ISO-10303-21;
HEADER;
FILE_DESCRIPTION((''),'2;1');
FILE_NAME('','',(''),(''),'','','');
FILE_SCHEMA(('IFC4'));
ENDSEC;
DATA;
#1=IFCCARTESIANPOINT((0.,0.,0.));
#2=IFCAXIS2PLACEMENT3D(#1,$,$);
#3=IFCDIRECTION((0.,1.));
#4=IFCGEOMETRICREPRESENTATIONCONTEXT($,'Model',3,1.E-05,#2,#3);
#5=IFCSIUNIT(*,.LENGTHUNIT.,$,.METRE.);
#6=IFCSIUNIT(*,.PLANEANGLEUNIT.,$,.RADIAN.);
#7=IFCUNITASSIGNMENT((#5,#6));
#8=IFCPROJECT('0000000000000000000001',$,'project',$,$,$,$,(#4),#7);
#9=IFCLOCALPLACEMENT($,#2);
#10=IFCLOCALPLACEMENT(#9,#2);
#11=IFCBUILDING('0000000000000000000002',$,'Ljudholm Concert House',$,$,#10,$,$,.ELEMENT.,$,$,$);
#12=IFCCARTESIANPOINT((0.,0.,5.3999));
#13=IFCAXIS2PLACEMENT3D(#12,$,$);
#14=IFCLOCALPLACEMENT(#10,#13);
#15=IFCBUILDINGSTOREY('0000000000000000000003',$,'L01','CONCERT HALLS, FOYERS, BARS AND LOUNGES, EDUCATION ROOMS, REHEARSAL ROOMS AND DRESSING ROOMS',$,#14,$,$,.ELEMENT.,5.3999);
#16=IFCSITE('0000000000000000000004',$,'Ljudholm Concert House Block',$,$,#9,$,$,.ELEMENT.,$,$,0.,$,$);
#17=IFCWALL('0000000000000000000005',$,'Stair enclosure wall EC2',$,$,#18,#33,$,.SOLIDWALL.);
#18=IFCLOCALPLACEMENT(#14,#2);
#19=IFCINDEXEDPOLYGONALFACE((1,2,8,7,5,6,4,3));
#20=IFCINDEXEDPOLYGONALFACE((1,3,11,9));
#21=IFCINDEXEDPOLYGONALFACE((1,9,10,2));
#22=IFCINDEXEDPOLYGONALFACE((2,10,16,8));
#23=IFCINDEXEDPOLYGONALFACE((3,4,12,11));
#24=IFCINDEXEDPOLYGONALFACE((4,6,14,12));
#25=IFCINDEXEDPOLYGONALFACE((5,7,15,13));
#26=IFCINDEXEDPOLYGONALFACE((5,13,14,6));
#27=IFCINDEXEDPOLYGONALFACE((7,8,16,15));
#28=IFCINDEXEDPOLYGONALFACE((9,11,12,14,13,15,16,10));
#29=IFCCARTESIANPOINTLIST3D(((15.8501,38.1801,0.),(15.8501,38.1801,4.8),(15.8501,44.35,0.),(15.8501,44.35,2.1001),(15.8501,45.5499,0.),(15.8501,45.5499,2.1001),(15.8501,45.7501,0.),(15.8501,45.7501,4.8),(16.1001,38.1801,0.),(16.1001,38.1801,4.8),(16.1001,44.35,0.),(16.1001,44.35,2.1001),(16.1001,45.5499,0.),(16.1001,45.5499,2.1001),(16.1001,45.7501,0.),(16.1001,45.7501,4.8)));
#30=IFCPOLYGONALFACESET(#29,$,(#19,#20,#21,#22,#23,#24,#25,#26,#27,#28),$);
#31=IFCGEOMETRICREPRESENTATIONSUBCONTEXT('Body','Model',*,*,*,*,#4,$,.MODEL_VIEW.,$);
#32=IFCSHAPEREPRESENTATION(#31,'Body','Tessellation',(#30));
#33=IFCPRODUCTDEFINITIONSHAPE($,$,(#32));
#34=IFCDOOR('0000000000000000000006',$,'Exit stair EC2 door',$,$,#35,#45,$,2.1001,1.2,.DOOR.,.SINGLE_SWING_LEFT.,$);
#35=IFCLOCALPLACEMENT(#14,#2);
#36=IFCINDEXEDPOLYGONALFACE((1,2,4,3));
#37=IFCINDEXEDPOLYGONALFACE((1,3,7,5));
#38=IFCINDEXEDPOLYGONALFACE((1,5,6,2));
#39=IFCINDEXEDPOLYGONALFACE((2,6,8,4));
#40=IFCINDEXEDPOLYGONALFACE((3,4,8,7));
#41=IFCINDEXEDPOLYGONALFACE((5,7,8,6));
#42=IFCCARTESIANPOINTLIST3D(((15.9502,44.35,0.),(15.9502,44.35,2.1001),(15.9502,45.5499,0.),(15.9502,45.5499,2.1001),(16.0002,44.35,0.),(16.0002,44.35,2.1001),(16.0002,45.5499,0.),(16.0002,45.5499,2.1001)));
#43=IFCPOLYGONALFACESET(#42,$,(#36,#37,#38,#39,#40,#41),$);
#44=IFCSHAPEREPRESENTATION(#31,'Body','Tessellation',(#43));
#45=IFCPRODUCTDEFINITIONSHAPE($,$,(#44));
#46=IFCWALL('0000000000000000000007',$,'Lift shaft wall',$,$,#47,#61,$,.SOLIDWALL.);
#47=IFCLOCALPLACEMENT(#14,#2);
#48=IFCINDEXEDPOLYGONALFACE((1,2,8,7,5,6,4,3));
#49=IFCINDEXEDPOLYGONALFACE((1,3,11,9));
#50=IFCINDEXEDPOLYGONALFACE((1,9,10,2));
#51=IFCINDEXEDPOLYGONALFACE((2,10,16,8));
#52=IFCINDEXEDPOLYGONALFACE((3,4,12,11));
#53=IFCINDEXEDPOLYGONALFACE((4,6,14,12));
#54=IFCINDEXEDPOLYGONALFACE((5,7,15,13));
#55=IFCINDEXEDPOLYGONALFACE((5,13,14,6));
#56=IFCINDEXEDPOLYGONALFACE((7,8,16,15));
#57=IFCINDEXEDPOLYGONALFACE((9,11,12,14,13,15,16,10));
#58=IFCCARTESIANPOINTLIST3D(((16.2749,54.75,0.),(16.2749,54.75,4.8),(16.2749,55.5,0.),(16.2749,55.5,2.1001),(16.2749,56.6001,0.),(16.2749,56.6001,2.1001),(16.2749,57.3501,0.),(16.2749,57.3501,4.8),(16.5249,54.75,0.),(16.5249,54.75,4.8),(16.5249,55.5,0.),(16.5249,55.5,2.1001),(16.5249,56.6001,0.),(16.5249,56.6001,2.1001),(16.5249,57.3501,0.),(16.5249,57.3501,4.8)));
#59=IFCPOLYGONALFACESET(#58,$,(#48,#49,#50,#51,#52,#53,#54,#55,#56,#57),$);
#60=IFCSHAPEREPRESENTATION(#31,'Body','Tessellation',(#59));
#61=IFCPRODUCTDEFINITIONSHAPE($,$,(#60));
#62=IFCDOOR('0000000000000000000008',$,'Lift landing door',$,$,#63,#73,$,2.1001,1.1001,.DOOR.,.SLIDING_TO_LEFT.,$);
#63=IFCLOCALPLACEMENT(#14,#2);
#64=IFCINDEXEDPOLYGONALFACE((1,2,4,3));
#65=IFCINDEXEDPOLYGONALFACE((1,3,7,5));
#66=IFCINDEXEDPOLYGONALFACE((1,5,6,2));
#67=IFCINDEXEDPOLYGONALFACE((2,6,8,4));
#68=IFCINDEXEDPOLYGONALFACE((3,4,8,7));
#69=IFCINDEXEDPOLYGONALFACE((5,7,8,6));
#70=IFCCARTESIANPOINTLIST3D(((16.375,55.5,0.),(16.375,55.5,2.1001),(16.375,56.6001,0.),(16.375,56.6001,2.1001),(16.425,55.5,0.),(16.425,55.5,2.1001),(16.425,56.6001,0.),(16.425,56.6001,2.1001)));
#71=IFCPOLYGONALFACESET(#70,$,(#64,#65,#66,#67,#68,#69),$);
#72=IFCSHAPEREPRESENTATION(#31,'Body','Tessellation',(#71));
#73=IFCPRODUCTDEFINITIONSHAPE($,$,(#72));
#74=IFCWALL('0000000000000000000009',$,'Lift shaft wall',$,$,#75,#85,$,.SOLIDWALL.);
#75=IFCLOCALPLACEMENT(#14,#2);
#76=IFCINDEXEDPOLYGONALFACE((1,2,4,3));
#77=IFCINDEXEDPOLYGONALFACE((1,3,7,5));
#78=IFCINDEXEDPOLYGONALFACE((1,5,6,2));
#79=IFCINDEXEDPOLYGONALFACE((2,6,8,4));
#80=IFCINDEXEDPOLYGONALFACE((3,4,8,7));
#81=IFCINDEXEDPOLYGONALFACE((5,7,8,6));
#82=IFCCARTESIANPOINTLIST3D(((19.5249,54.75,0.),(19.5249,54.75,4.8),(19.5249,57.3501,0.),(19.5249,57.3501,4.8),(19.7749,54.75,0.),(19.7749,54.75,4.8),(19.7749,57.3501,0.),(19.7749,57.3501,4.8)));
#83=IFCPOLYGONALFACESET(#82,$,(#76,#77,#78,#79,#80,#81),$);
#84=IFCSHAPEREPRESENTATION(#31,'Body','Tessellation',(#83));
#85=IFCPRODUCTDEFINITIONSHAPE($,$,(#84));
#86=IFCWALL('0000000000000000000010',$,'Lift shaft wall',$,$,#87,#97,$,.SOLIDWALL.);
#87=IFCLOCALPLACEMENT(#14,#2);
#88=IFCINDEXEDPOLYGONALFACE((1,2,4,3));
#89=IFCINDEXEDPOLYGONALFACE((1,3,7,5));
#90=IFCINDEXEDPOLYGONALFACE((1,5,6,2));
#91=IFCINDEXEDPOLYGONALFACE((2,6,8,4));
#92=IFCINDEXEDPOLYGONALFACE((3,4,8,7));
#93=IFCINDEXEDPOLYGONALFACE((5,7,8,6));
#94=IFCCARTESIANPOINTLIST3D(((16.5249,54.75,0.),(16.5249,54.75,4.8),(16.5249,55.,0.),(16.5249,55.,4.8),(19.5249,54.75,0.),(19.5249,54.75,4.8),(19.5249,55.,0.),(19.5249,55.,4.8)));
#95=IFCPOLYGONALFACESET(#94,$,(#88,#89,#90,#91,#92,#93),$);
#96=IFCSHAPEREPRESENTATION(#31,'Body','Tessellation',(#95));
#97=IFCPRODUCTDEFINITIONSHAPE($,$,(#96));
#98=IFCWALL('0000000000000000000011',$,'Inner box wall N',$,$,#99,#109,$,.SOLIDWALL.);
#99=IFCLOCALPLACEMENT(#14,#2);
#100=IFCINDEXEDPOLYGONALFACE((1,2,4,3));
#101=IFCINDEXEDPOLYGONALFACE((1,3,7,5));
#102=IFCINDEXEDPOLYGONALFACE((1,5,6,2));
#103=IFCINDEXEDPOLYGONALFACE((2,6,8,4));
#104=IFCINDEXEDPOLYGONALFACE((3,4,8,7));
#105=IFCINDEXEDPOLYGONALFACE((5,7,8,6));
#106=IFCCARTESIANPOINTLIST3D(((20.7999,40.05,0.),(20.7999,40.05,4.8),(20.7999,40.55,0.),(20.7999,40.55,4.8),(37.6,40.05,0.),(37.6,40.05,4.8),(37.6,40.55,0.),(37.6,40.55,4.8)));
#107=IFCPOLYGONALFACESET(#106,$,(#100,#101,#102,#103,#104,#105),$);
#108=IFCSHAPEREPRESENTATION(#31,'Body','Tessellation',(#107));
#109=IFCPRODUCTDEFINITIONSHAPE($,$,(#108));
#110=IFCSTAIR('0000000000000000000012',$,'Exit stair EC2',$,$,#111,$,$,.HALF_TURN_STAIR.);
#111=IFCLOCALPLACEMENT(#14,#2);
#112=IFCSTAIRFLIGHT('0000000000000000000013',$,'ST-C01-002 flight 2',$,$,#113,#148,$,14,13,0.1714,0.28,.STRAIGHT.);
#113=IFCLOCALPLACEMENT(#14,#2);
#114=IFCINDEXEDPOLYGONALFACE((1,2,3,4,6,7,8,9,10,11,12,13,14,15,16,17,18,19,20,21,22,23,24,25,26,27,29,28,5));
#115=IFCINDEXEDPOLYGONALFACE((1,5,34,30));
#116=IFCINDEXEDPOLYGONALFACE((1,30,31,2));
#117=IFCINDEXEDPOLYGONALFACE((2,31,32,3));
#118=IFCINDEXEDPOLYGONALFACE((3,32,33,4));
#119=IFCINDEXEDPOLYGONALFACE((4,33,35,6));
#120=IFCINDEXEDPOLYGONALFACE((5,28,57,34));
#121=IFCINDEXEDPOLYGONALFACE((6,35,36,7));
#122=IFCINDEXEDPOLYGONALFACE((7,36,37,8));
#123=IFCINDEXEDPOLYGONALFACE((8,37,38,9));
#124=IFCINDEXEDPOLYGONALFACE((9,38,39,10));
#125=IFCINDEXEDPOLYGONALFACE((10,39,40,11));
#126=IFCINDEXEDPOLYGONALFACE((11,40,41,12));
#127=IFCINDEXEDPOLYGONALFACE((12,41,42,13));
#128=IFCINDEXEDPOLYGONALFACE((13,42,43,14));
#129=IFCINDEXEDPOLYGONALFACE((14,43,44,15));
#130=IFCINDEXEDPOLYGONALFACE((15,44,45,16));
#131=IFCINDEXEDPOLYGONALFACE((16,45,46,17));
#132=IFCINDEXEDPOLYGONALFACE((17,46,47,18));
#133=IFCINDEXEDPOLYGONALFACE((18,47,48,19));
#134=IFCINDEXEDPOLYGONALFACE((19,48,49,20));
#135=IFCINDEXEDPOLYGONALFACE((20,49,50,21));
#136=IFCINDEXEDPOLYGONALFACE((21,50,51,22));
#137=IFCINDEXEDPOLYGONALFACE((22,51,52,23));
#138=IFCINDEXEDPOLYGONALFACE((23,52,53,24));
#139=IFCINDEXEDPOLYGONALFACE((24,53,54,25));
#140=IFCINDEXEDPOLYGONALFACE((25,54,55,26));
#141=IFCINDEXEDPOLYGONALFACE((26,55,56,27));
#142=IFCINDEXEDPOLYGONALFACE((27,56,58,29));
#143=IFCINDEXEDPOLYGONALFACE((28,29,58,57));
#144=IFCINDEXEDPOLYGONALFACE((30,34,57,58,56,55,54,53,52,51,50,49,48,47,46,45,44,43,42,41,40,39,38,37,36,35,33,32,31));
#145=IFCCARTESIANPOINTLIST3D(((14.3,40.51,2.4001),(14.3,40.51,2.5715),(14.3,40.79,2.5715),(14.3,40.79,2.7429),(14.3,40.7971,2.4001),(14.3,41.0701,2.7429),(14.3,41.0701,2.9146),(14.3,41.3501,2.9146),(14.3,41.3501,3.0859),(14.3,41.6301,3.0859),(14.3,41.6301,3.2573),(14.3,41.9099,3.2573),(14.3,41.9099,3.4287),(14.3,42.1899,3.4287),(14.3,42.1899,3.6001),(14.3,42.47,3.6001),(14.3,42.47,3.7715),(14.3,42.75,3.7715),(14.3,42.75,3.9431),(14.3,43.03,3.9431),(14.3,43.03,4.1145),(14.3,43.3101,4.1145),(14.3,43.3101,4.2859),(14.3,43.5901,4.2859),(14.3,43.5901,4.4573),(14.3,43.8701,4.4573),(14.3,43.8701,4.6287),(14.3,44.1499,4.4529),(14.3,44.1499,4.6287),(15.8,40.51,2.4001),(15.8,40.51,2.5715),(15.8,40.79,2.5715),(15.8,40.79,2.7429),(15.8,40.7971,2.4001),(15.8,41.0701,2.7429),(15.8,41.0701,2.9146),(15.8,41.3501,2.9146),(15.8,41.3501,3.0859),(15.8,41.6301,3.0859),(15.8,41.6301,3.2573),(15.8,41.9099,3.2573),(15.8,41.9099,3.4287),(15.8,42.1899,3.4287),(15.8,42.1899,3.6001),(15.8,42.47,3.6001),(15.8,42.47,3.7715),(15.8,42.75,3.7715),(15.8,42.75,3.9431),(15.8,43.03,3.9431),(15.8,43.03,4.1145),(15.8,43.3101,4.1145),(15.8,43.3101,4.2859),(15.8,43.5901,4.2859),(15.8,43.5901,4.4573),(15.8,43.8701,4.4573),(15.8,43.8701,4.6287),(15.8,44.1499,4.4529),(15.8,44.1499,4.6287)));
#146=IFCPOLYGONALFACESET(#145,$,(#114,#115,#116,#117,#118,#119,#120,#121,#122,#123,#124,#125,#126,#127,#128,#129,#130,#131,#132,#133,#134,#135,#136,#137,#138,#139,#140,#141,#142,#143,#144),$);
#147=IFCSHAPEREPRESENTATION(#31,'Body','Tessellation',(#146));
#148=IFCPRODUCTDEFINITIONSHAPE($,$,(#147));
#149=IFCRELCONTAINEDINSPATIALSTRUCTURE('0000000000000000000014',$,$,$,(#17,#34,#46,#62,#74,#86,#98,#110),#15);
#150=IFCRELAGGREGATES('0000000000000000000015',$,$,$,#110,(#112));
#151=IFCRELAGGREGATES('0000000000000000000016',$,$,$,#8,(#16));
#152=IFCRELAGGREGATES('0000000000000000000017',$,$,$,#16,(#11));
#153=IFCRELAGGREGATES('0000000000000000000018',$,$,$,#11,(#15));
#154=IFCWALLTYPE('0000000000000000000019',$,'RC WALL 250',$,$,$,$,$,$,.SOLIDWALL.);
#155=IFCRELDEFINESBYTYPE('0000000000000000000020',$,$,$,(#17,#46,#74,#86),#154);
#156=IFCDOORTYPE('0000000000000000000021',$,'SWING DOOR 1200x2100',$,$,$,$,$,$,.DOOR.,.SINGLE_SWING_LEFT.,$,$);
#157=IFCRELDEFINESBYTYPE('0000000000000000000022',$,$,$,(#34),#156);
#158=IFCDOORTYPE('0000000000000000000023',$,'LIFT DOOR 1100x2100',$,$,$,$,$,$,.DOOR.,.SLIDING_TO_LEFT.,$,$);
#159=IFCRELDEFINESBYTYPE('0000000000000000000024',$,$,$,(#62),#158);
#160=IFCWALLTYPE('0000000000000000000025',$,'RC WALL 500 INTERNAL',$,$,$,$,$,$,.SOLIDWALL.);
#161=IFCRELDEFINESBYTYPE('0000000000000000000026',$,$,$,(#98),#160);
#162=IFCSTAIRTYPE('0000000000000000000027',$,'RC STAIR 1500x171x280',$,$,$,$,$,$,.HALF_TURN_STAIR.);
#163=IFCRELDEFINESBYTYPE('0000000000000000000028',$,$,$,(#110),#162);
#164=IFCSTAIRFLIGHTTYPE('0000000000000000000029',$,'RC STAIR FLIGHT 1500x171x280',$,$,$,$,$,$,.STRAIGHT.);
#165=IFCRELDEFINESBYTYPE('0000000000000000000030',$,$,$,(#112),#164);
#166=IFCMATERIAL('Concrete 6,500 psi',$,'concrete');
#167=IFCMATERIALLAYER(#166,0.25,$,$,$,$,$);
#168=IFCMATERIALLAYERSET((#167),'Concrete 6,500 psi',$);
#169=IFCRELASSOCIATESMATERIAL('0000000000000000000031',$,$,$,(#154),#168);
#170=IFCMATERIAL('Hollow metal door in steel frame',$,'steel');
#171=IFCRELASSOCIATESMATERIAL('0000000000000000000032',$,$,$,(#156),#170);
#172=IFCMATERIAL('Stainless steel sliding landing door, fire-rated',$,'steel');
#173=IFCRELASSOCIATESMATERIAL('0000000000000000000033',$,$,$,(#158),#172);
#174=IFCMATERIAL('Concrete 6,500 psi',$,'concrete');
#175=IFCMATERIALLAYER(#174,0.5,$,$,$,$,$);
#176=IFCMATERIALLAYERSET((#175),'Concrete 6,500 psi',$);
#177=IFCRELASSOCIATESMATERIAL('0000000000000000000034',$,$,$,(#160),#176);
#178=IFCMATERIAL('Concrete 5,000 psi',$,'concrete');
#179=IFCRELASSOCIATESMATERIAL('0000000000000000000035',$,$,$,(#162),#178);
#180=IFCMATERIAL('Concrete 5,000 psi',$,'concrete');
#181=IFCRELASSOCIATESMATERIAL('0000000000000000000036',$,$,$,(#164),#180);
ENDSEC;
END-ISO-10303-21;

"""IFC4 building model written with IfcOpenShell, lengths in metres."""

from ifc_helpers import new_model, si_unit, direction, frame, frame_2d, origin, place, context, subcontext, project, spatial, polyline, rectangle, outline, extrude, material, layer, layer_set, type_object, element, fill, aggregate, save


model = new_model("IFC4")

# Units and contexts
model_context = context("Model", 3, precision=1e-05, world=origin(), true_north=direction((0.0, 1.0)))
body_context = subcontext(model_context, "Body", "Model", "MODEL_VIEW")
ifc_project = project(units=[si_unit("LENGTHUNIT", "METRE"), si_unit("PLANEANGLEUNIT", "RADIAN")], contexts=[model_context])

# Site, building, storey
site_placement = place(None, origin())
site = spatial("IfcSite", under=ifc_project, at=site_placement, Name="Ljudholm Concert House Block", CompositionType="ELEMENT", RefElevation=0.0)
building_placement = place(site_placement, origin())
building = spatial("IfcBuilding", under=site, at=building_placement, Name="Ljudholm Concert House", CompositionType="ELEMENT")
storey_placement = place(building_placement, frame((0.0, 0.0, 5.3999)))
storey = spatial("IfcBuildingStorey", under=building, at=storey_placement, Name="L01", Description="CONCERT HALLS, FOYERS, BARS AND LOUNGES, EDUCATION ROOMS, REHEARSAL ROOMS AND DRESSING ROOMS", CompositionType="ELEMENT", Elevation=5.3999)

# Walls, openings, doors
ifc_material_1 = material(Name="Concrete 6,500 psi", Category="concrete")
ifc_layer_1 = layer(ifc_material_1, 0.25)
ifc_layer_set_1 = layer_set([ifc_layer_1], Name="Concrete 6,500 psi")
wall_type_1 = type_object("IfcWallType", Name="RC WALL 250", PredefinedType="SOLIDWALL", material=ifc_layer_set_1)
wall_1_placement = place(storey_placement, frame((15.9751, 38.1799, 0.0), z_axis=(0.0, 0.0, 1.0), x_axis=(0.0, 1.0, 0.0)))
wall_1 = element("IfcWall", 1, at=wall_1_placement, inside=storey, type_object=wall_type_1, Name="Stair enclosure wall EC2", PredefinedType="SOLIDWALL", context=body_context, shape_type="SweptSolid", body=[
    extrude(rectangle(XDim=7.5701, YDim=0.25, at=frame_2d((3.7852, 0.0))), origin(), (0.0, 0.0, 1.0), 4.8),
])
opening_1_placement = place(wall_1_placement, frame((6.1699, 0.0, 0.0)))
opening_1 = element("IfcOpeningElement", 2, at=opening_1_placement, cuts=wall_1, PredefinedType="OPENING", context=body_context, shape_type="SweptSolid", body=[
    extrude(rectangle(XDim=1.2, YDim=2.1001, at=frame_2d((0.6001, 1.05))), frame((0.0, 0.135, 0.0), z_axis=(0.0, -1.0, 0.0), x_axis=(1.0, 0.0, 0.0)), (0.0, 0.0, 1.0), 0.27),
])
ifc_material_2 = material(Name="Hollow metal door in steel frame", Category="steel")
door_type_1 = type_object("IfcDoorType", Name="SWING DOOR 1200x2100", OperationType="SINGLE_SWING_LEFT", PredefinedType="DOOR", material=ifc_material_2)
door_1_placement = place(opening_1_placement, origin())
door_1 = element("IfcDoor", 3, at=door_1_placement, inside=storey, type_object=door_type_1, Name="Exit stair EC2 door", OperationType="SINGLE_SWING_LEFT", OverallHeight=2.1001, OverallWidth=1.2, PredefinedType="DOOR", context=body_context, shape_type="SweptSolid", body=[
    extrude(rectangle(XDim=1.2, YDim=2.1001, at=frame_2d((0.6001, 1.05))), frame((0.0, 0.0249, 0.0), z_axis=(0.0, -1.0, 0.0), x_axis=(1.0, 0.0, 0.0)), (0.0, 0.0, 1.0), 0.05),
])
fill(opening_1, door_1)
wall_2_placement = place(storey_placement, frame((16.3999, 54.75, 0.0), z_axis=(0.0, 0.0, 1.0), x_axis=(0.0, 1.0, 0.0)))
wall_2 = element("IfcWall", 4, at=wall_2_placement, inside=storey, type_object=wall_type_1, Name="Lift shaft wall", PredefinedType="SOLIDWALL", context=body_context, shape_type="SweptSolid", body=[
    extrude(rectangle(XDim=2.6001, YDim=0.25, at=frame_2d((1.3, 0.0))), origin(), (0.0, 0.0, 1.0), 4.8),
])
opening_2_placement = place(wall_2_placement, frame((0.75, 0.0, 0.0)))
opening_2 = element("IfcOpeningElement", 5, at=opening_2_placement, cuts=wall_2, PredefinedType="OPENING", context=body_context, shape_type="SweptSolid", body=[
    extrude(rectangle(XDim=1.1001, YDim=2.1001, at=frame_2d((0.55, 1.05))), frame((0.0, 0.135, 0.0), z_axis=(0.0, -1.0, 0.0), x_axis=(1.0, 0.0, 0.0)), (0.0, 0.0, 1.0), 0.27),
])
ifc_material_3 = material(Name="Stainless steel sliding landing door, fire-rated", Category="steel")
door_type_2 = type_object("IfcDoorType", Name="LIFT DOOR 1100x2100", OperationType="SLIDING_TO_LEFT", PredefinedType="DOOR", material=ifc_material_3)
door_2_placement = place(opening_2_placement, origin())
door_2 = element("IfcDoor", 6, at=door_2_placement, inside=storey, type_object=door_type_2, Name="Lift landing door", OperationType="SLIDING_TO_LEFT", OverallHeight=2.1001, OverallWidth=1.1001, PredefinedType="DOOR", context=body_context, shape_type="SweptSolid", body=[
    extrude(rectangle(XDim=1.1001, YDim=2.1001, at=frame_2d((0.55, 1.05))), frame((0.0, 0.0249, 0.0), z_axis=(0.0, -1.0, 0.0), x_axis=(1.0, 0.0, 0.0)), (0.0, 0.0, 1.0), 0.05),
])
fill(opening_2, door_2)

# Walls
wall_3_placement = place(storey_placement, frame((19.6499, 54.75, 0.0), z_axis=(0.0, 0.0, 1.0), x_axis=(0.0, 1.0, 0.0)))
element("IfcWall", 7, at=wall_3_placement, inside=storey, type_object=wall_type_1, Name="Lift shaft wall", PredefinedType="SOLIDWALL", context=body_context, shape_type="SweptSolid", body=[
    extrude(rectangle(XDim=2.6001, YDim=0.25, at=frame_2d((1.3, 0.0))), origin(), (0.0, 0.0, 1.0), 4.8),
])
wall_4_placement = place(storey_placement, frame((16.5249, 54.875, 0.0), z_axis=(0.0, 0.0, 1.0), x_axis=(1.0, 0.0, 0.0)))
element("IfcWall", 8, at=wall_4_placement, inside=storey, type_object=wall_type_1, Name="Lift shaft wall", PredefinedType="SOLIDWALL", context=body_context, shape_type="SweptSolid", body=[
    extrude(rectangle(XDim=3.0, YDim=0.25, at=frame_2d((1.5, 0.0))), origin(), (0.0, 0.0, 1.0), 4.8),
])
ifc_material_4 = material(Name="Concrete 6,500 psi", Category="concrete")
ifc_layer_2 = layer(ifc_material_4, 0.5)
ifc_layer_set_2 = layer_set([ifc_layer_2], Name="Concrete 6,500 psi")
wall_type_2 = type_object("IfcWallType", Name="RC WALL 500 INTERNAL", PredefinedType="SOLIDWALL", material=ifc_layer_set_2)
wall_5_placement = place(storey_placement, frame((20.8, 40.3, 0.0), z_axis=(0.0, 0.0, 1.0), x_axis=(1.0, 0.0, 0.0)))
element("IfcWall", 9, at=wall_5_placement, inside=storey, type_object=wall_type_2, Name="Inner box wall N", PredefinedType="SOLIDWALL", context=body_context, shape_type="SweptSolid", body=[
    extrude(rectangle(XDim=16.8, YDim=0.5, at=frame_2d((8.3999, 0.0))), origin(), (0.0, 0.0, 1.0), 4.8),
])

# Stair, stair flight
ifc_material_5 = material(Name="Concrete 5,000 psi", Category="concrete")
stair_type = type_object("IfcStairType", Name="RC STAIR 1500x171x280", PredefinedType="HALF_TURN_STAIR", material=ifc_material_5)
stair_placement = place(storey_placement, origin())
stair = element("IfcStair", 10, at=stair_placement, inside=storey, type_object=stair_type, Name="Exit stair EC2", PredefinedType="HALF_TURN_STAIR")
ifc_material_6 = material(Name="Concrete 5,000 psi", Category="concrete")
stair_flight_type = type_object("IfcStairFlightType", Name="RC STAIR FLIGHT 1500x171x280", PredefinedType="STRAIGHT", material=ifc_material_6)
stair_flight_placement = place(storey_placement, frame((15.05, 40.51, 2.4001), z_axis=(0.0, 0.0, 1.0), x_axis=(0.0, 1.0, 0.0)))
stair_flight = element("IfcStairFlight", 11, at=stair_flight_placement, type_object=stair_flight_type, Name="ST-C01-002 flight 2", NumberOfRisers=14, NumberOfTreads=13, PredefinedType="STRAIGHT", RiserHeight=0.1714, TreadLength=0.28, context=body_context, shape_type="SweptSolid", body=[
    extrude(outline(polyline([(0.0, 0.0), (0.0, 0.1714), (0.28, 0.1714), (0.28, 0.3428), (0.5601, 0.3428), (0.5601, 0.5144), (0.8401, 0.5144), (0.8401, 0.6858), (1.1201, 0.6858), (1.1201, 0.8572), (1.3999, 0.8572), (1.3999, 1.0286), (1.6799, 1.0286), (1.6799, 1.2), (1.96, 1.2), (1.96, 1.3713), (2.24, 1.3713), (2.24, 1.543), (2.52, 1.543), (2.52, 1.7144), (2.8, 1.7144), (2.8, 1.8857), (3.0801, 1.8857), (3.0801, 2.0571), (3.3601, 2.0571), (3.3601, 2.2285), (3.6399, 2.2285), (3.6399, 2.3999), (3.6399, 2.0527), (0.2871, 0.0), (0.0, 0.0)])), frame((0.0, 0.75, 0.0), z_axis=(0.0, -1.0, 0.0), x_axis=(1.0, 0.0, 0.0)), (0.0, 0.0, 1.0), 1.5),
])
aggregate(stair, [stair_flight])

save(model, "model.ifc")
